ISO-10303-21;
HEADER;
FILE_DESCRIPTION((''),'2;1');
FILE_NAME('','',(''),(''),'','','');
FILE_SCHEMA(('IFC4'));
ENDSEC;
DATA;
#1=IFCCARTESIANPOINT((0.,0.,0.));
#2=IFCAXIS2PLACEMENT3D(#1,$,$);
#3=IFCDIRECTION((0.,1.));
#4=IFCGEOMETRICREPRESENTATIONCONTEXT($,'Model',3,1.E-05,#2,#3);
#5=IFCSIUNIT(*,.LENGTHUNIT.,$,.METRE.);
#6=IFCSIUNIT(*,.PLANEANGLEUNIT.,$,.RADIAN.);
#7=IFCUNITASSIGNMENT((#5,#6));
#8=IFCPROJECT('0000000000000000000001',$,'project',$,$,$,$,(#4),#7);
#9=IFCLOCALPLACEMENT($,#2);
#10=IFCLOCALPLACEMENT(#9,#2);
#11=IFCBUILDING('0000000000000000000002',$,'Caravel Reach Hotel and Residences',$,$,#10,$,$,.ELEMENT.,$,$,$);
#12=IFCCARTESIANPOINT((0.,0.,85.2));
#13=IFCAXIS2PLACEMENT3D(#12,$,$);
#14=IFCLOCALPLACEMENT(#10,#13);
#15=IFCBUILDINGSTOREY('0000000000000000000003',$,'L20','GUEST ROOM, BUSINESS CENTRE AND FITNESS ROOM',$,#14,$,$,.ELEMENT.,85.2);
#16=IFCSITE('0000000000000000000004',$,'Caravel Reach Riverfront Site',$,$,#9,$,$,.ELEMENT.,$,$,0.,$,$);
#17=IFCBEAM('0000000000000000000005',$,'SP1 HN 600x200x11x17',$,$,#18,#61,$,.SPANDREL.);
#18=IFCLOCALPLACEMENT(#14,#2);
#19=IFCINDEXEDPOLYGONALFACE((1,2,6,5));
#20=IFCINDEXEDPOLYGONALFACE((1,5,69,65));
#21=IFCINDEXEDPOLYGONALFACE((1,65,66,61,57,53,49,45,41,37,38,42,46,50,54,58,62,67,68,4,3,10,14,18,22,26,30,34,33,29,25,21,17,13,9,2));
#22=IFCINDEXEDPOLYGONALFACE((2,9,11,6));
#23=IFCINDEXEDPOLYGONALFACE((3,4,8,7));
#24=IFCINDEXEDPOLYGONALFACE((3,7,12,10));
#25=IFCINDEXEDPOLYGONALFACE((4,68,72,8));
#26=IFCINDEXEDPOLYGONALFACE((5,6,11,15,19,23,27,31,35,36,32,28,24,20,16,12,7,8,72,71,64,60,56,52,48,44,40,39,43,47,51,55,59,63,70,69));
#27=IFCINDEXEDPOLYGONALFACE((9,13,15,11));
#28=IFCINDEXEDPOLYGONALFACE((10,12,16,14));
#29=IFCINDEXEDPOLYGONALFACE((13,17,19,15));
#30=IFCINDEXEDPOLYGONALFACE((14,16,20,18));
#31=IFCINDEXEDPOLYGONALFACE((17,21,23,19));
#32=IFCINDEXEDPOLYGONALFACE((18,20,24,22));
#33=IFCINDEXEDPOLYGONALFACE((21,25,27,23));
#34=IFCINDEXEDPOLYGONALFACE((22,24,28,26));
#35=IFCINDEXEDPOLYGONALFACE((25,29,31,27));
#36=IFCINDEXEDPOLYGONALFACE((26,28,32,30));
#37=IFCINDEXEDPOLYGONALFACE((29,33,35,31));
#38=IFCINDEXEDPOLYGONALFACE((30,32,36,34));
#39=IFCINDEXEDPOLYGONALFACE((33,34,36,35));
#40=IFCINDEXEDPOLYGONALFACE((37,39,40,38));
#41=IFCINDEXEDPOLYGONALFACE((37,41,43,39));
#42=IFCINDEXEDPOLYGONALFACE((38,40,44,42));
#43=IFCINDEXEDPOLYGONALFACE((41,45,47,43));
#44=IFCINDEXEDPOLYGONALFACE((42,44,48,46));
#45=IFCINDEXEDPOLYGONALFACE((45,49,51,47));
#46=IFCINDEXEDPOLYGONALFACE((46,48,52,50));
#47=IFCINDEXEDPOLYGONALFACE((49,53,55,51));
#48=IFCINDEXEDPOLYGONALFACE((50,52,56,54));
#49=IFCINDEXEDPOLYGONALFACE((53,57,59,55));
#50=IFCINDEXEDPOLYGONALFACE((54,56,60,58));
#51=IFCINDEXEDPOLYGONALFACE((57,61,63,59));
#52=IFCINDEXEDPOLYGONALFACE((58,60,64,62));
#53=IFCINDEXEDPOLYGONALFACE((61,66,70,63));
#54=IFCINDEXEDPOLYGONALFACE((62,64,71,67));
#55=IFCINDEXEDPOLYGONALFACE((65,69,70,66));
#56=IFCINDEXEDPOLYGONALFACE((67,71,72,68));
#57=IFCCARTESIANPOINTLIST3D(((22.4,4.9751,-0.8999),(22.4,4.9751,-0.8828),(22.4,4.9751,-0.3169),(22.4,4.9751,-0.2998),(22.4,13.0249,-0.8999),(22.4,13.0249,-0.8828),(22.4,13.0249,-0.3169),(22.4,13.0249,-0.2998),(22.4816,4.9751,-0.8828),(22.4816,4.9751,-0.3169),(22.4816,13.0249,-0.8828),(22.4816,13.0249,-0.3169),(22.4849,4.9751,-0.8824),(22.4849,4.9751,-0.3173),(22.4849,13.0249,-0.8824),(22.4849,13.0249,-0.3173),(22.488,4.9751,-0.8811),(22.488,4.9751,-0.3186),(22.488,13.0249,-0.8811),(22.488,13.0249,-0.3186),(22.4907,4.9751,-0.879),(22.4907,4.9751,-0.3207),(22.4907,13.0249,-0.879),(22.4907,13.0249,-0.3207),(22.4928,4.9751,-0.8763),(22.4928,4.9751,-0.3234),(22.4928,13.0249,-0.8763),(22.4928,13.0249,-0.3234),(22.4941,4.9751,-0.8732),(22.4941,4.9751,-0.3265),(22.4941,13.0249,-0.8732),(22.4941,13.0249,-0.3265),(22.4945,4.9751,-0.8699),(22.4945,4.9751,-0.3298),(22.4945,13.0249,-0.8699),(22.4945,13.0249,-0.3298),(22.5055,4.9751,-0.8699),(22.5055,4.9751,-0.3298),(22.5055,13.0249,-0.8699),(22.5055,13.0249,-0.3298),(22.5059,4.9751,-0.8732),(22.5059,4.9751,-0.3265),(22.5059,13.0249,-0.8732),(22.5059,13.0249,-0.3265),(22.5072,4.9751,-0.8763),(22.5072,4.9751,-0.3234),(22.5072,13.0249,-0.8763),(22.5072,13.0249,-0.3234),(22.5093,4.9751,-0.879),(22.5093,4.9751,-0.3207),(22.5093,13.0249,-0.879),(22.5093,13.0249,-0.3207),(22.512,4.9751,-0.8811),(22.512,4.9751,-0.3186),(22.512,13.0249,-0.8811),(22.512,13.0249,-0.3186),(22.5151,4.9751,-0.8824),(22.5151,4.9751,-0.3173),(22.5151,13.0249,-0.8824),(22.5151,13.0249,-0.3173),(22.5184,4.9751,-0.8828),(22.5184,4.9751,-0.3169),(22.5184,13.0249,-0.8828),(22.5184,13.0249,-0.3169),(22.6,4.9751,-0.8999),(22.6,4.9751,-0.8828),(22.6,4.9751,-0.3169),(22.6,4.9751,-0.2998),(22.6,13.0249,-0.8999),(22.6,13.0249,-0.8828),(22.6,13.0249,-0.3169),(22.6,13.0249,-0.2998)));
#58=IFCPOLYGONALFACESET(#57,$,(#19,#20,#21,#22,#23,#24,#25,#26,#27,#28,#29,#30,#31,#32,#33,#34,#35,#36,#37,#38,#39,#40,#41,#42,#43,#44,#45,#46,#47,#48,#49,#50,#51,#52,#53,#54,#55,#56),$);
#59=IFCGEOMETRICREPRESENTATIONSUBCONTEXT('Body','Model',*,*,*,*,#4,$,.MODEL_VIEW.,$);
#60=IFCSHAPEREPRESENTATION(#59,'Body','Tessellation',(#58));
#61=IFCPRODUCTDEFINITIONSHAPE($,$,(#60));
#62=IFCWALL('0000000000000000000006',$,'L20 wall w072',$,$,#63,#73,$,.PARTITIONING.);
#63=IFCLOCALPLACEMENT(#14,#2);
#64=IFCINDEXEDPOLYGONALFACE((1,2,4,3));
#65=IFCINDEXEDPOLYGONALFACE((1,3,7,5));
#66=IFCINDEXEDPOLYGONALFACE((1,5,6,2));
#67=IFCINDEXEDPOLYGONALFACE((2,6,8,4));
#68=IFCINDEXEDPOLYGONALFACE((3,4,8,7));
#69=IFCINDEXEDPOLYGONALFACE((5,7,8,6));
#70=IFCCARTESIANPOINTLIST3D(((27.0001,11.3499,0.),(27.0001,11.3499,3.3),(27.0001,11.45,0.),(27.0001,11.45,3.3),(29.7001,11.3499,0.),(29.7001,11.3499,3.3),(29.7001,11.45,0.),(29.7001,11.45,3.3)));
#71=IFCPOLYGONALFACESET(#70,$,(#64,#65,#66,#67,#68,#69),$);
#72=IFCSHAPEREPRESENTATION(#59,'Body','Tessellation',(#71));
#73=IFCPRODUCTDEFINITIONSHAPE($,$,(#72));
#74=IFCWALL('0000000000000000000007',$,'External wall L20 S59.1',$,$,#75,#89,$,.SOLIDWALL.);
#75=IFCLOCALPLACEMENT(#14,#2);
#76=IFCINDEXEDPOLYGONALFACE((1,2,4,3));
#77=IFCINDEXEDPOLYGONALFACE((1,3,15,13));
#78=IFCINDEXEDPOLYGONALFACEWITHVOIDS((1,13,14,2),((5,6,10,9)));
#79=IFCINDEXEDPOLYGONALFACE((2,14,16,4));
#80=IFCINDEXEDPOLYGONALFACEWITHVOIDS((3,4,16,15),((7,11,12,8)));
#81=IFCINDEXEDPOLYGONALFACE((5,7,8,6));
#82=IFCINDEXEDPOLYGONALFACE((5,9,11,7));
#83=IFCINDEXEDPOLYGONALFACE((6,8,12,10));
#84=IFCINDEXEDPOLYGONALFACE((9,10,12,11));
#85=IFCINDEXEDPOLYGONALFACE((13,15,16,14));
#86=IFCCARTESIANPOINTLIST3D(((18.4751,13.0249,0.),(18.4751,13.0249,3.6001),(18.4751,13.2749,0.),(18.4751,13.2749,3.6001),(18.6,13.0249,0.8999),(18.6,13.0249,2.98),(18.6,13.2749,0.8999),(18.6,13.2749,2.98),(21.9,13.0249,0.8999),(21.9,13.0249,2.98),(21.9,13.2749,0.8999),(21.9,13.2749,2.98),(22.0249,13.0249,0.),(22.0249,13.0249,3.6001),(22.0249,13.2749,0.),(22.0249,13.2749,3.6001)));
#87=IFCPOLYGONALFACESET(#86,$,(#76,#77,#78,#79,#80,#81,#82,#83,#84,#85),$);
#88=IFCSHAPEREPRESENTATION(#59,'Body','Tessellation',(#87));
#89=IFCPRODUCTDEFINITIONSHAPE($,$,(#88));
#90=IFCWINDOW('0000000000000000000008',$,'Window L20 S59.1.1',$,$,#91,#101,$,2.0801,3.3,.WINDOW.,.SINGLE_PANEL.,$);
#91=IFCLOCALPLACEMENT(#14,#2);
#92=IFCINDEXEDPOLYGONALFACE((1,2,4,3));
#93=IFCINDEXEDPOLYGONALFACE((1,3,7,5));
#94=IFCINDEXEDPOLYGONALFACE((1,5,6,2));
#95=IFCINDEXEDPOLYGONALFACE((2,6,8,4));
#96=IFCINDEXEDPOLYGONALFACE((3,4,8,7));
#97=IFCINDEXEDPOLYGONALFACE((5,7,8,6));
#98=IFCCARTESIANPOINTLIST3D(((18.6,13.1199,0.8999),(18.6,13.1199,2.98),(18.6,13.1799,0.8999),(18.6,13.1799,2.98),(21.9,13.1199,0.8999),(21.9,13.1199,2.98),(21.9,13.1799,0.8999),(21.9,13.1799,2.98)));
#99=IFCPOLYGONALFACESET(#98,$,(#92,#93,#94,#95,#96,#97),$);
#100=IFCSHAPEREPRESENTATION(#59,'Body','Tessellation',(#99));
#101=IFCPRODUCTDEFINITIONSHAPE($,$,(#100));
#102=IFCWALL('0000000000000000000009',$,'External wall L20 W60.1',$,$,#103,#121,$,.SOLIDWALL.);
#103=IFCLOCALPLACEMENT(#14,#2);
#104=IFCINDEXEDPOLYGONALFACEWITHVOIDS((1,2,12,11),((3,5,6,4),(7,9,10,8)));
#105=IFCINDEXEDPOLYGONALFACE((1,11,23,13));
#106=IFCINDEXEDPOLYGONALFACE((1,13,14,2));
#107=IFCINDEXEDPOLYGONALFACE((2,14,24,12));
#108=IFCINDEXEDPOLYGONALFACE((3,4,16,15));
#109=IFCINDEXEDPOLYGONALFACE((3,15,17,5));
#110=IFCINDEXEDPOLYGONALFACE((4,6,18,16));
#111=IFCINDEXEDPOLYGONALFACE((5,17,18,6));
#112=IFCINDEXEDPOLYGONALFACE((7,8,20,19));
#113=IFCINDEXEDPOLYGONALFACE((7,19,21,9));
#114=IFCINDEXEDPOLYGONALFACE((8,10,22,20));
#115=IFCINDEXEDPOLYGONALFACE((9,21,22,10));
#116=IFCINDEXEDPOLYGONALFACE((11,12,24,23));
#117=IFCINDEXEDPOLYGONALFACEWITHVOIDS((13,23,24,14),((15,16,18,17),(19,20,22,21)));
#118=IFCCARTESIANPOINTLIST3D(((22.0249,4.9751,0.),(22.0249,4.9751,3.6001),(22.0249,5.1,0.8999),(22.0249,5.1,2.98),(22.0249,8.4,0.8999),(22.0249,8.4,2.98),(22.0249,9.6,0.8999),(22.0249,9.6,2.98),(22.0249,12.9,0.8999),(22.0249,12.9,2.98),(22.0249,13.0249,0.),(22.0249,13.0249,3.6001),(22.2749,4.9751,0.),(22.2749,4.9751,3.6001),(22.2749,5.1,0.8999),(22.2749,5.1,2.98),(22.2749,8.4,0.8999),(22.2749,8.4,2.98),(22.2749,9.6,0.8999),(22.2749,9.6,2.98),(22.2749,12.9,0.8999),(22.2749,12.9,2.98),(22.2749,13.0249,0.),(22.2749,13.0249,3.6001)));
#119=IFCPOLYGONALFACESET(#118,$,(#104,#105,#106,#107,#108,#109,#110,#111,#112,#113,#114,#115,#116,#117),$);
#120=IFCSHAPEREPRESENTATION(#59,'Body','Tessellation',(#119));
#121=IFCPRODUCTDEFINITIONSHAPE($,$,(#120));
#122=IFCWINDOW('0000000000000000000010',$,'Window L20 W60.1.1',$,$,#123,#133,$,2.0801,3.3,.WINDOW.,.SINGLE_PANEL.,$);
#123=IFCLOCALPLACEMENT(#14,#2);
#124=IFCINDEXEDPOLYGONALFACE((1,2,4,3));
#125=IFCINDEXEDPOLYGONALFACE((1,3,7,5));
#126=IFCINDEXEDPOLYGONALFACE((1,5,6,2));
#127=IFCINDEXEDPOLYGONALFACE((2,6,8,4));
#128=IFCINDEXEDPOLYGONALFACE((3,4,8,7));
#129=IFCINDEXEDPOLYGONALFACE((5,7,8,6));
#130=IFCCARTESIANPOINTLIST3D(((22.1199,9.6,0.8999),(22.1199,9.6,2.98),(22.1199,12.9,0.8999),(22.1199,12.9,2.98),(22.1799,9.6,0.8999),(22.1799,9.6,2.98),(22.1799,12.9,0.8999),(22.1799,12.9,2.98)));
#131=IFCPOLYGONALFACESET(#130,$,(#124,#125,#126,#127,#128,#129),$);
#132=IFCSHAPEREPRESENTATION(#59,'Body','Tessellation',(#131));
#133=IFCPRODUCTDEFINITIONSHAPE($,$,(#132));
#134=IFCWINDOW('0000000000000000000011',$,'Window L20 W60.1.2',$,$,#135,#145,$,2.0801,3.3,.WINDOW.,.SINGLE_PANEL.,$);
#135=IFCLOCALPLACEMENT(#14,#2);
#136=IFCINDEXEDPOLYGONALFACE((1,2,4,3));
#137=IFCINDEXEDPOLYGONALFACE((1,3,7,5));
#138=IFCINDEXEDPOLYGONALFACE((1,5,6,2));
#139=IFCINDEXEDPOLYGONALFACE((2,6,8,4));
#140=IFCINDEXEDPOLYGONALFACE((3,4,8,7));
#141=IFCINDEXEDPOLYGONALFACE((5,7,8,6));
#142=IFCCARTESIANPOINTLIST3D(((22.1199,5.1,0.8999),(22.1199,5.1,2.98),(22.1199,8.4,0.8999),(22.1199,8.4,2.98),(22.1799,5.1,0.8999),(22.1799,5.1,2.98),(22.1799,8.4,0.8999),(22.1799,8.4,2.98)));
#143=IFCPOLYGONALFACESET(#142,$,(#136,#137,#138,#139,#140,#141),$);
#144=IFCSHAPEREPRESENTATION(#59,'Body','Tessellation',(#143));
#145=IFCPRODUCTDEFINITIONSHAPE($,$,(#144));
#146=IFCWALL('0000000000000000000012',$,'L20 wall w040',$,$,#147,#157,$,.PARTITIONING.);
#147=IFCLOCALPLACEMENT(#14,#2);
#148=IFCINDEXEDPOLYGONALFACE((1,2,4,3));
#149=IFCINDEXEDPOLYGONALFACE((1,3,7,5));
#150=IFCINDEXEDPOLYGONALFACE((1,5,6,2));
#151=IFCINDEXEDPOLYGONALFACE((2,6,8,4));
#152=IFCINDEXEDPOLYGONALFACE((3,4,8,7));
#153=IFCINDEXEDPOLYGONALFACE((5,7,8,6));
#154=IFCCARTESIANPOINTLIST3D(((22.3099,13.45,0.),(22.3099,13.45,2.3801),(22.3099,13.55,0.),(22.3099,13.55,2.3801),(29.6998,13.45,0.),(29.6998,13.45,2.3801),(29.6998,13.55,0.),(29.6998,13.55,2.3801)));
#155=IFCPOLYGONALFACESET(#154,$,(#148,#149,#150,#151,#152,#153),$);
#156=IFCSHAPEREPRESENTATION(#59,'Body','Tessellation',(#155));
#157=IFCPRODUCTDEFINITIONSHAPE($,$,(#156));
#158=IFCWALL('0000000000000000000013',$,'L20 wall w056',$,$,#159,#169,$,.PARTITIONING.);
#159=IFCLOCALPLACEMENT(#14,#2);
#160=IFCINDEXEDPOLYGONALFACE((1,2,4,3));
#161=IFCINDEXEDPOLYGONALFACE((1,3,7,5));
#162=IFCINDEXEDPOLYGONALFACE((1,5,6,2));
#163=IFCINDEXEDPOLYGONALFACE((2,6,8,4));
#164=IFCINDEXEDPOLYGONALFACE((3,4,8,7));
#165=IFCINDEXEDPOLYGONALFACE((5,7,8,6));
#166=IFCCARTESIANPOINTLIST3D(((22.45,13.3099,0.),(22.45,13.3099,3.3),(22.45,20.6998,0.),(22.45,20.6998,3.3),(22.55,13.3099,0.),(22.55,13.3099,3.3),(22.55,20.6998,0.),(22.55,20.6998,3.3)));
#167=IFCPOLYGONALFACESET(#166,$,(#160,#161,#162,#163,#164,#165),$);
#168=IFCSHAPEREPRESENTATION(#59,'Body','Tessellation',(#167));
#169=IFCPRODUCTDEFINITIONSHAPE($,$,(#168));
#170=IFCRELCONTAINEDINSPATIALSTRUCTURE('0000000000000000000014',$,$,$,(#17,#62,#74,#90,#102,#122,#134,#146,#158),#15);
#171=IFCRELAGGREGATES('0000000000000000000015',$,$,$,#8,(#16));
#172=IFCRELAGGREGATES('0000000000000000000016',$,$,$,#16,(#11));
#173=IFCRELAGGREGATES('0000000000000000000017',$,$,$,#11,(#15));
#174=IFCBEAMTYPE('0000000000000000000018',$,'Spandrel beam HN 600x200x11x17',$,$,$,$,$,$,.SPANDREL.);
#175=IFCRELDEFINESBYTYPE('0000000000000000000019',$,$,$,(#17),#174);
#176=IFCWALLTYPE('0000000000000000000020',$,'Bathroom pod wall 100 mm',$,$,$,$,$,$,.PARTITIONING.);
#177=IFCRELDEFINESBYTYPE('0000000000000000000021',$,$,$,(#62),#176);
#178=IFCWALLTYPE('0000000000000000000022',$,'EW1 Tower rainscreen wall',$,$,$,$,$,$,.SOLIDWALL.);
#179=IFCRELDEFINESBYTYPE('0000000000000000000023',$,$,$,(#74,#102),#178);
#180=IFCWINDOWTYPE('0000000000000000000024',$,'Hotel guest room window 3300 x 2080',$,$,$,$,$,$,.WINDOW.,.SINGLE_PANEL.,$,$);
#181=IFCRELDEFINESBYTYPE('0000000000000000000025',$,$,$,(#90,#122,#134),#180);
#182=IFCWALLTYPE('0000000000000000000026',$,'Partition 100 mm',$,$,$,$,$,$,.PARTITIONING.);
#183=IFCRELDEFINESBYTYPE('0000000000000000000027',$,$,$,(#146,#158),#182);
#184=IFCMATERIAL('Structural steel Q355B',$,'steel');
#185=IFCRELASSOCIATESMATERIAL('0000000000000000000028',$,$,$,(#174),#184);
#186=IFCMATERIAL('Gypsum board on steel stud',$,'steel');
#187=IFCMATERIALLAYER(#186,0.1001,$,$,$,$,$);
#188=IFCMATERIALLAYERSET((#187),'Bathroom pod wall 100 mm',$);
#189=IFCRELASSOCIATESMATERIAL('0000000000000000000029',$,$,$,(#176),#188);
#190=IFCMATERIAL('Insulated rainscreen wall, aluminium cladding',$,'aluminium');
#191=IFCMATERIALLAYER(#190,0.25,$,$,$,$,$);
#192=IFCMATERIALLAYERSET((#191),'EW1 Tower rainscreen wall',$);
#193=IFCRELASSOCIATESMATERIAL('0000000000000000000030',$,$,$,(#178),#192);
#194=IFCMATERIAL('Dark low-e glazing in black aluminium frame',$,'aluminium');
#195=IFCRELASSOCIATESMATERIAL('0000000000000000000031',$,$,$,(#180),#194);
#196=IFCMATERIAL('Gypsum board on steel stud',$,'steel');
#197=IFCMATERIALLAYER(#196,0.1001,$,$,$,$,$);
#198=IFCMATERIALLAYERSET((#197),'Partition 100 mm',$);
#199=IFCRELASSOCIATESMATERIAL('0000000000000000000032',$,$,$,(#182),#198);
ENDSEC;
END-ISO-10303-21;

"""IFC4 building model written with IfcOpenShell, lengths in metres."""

from ifc_helpers import new_model, si_unit, direction, frame, frame_2d, origin, origin_2d, place, context, subcontext, project, spatial, rectangle, i_section, extrude, material, layer, layer_set, material_profile, profile_set, type_object, element, fill, save


model = new_model("IFC4")

# Units and contexts
model_context = context("Model", 3, precision=1e-05, world=origin(), true_north=direction((0.0, 1.0)))
body_context = subcontext(model_context, "Body", "Model", "MODEL_VIEW")
ifc_project = project(units=[si_unit("LENGTHUNIT", "METRE"), si_unit("PLANEANGLEUNIT", "RADIAN")], contexts=[model_context])

# Site, building, storey
site_placement = place(None, origin())
site = spatial("IfcSite", under=ifc_project, at=site_placement, Name="Caravel Reach Riverfront Site", CompositionType="ELEMENT", RefElevation=0.0)
building_placement = place(site_placement, origin())
building = spatial("IfcBuilding", under=site, at=building_placement, Name="Caravel Reach Hotel and Residences", CompositionType="ELEMENT")
storey_placement = place(building_placement, frame((0.0, 0.0, 85.2)))
storey = spatial("IfcBuildingStorey", under=building, at=storey_placement, Name="L20", Description="GUEST ROOM, BUSINESS CENTRE AND FITNESS ROOM", CompositionType="ELEMENT", Elevation=85.2)

# Beam
ifc_material_1 = material(Name="Structural steel Q355B", Category="steel")
ifc_material_profile_1 = material_profile(ifc_material_1, i_section(OverallWidth=0.2, OverallDepth=0.6001, WebThickness=0.011, FlangeThickness=0.0171, FilletRadius=0.0129, at=origin_2d()), Name="HN 600x200x11x17")
ifc_profile_set_1 = profile_set([ifc_material_profile_1], Name="Structural steel Q355B")
beam_type_1 = type_object("IfcBeamType", Name="Spandrel beam HN 600x200x11x17", PredefinedType="SPANDREL", material=ifc_profile_set_1)
beam_1_placement = place(storey_placement, frame((22.5, 13.0249, -0.5999), z_axis=(0.0, -1.0, 0.0), x_axis=(1.0, 0.0, 0.0)))
element("IfcBeam", 1, at=beam_1_placement, inside=storey, type_object=beam_type_1, Name="SP1 HN 600x200x11x17", PredefinedType="SPANDREL", context=body_context, shape_type="SweptSolid", body=[
    extrude(i_section(OverallWidth=0.2, OverallDepth=0.6001, WebThickness=0.011, FlangeThickness=0.0171, FilletRadius=0.0129, at=origin_2d()), origin(), (0.0, 0.0, 1.0), 8.0498),
])

# Wall
ifc_material_2 = material(Name="Gypsum board on steel stud", Category="steel")
ifc_layer_1 = layer(ifc_material_2, 0.1001)
ifc_layer_set_1 = layer_set([ifc_layer_1], Name="Bathroom pod wall 100 mm")
wall_type_1 = type_object("IfcWallType", Name="Bathroom pod wall 100 mm", PredefinedType="PARTITIONING", material=ifc_layer_set_1)
wall_1_placement = place(storey_placement, frame((27.0, 11.3999, 0.0), z_axis=(0.0, 0.0, 1.0), x_axis=(1.0, 0.0, 0.0)))
element("IfcWall", 2, at=wall_1_placement, inside=storey, type_object=wall_type_1, Name="L20 wall w072", PredefinedType="PARTITIONING", context=body_context, shape_type="SweptSolid", body=[
    extrude(rectangle(XDim=2.7, YDim=0.1001, at=frame_2d((1.3501, 0.0))), origin(), (0.0, 0.0, 1.0), 3.3),
])

# Wall, opening, window
ifc_material_3 = material(Name="Insulated rainscreen wall, aluminium cladding", Category="aluminium")
ifc_layer_2 = layer(ifc_material_3, 0.25)
ifc_layer_set_2 = layer_set([ifc_layer_2], Name="EW1 Tower rainscreen wall")
wall_type_2 = type_object("IfcWallType", Name="EW1 Tower rainscreen wall", PredefinedType="SOLIDWALL", material=ifc_layer_set_2)
wall_2_placement = place(storey_placement, frame((18.4751, 13.1499, 0.0), z_axis=(0.0, 0.0, 1.0), x_axis=(1.0, 0.0, 0.0)))
wall_2 = element("IfcWall", 3, at=wall_2_placement, inside=storey, type_object=wall_type_2, Name="External wall L20 S59.1", PredefinedType="SOLIDWALL", context=body_context, shape_type="SweptSolid", body=[
    extrude(rectangle(XDim=3.5498, YDim=0.25, at=frame_2d((1.7749, 0.0))), origin(), (0.0, 0.0, 1.0), 3.6001),
])
opening_1_placement = place(wall_2_placement, frame((0.125, 0.0, 0.8999)))
opening_1 = element("IfcOpeningElement", 4, at=opening_1_placement, cuts=wall_2, PredefinedType="OPENING", context=body_context, shape_type="SweptSolid", body=[
    extrude(rectangle(XDim=3.3, YDim=2.0801, at=frame_2d((1.6499, 1.04))), frame((0.0, 0.135, 0.0), z_axis=(0.0, -1.0, 0.0), x_axis=(1.0, 0.0, 0.0)), (0.0, 0.0, 1.0), 0.27),
])
ifc_material_4 = material(Name="Dark low-e glazing in black aluminium frame", Category="aluminium")
window_type = type_object("IfcWindowType", Name="Hotel guest room window 3300 x 2080", PartitioningType="SINGLE_PANEL", PredefinedType="WINDOW", material=ifc_material_4)
window_1_placement = place(opening_1_placement, origin())
window_1 = element("IfcWindow", 5, at=window_1_placement, inside=storey, type_object=window_type, Name="Window L20 S59.1.1", OverallHeight=2.0801, OverallWidth=3.3, PartitioningType="SINGLE_PANEL", PredefinedType="WINDOW", context=body_context, shape_type="SweptSolid", body=[
    extrude(rectangle(XDim=3.3, YDim=2.0801, at=frame_2d((1.6499, 1.04))), frame((0.0, 0.03, 0.0), z_axis=(0.0, -1.0, 0.0), x_axis=(1.0, 0.0, 0.0)), (0.0, 0.0, 1.0), 0.0601),
])
fill(opening_1, window_1)

# Wall, openings, windows
wall_3_placement = place(storey_placement, frame((22.1499, 13.0249, 0.0), z_axis=(0.0, 0.0, 1.0), x_axis=(0.0, -1.0, 0.0)))
wall_3 = element("IfcWall", 6, at=wall_3_placement, inside=storey, type_object=wall_type_2, Name="External wall L20 W60.1", PredefinedType="SOLIDWALL", context=body_context, shape_type="SweptSolid", body=[
    extrude(rectangle(XDim=8.0498, YDim=0.25, at=frame_2d((4.0249, 0.0))), origin(), (0.0, 0.0, 1.0), 3.6001),
])
opening_2_placement = place(wall_3_placement, frame((0.125, 0.0, 0.8999)))
opening_2 = element("IfcOpeningElement", 7, at=opening_2_placement, cuts=wall_3, PredefinedType="OPENING", context=body_context, shape_type="SweptSolid", body=[
    extrude(rectangle(XDim=3.3, YDim=2.0801, at=frame_2d((1.6499, 1.04))), frame((0.0, 0.135, 0.0), z_axis=(0.0, -1.0, 0.0), x_axis=(1.0, 0.0, 0.0)), (0.0, 0.0, 1.0), 0.27),
])
opening_3_placement = place(wall_3_placement, frame((4.625, 0.0, 0.8999)))
opening_3 = element("IfcOpeningElement", 8, at=opening_3_placement, cuts=wall_3, PredefinedType="OPENING", context=body_context, shape_type="SweptSolid", body=[
    extrude(rectangle(XDim=3.3, YDim=2.0801, at=frame_2d((1.6499, 1.04))), frame((0.0, 0.135, 0.0), z_axis=(0.0, -1.0, 0.0), x_axis=(1.0, 0.0, 0.0)), (0.0, 0.0, 1.0), 0.27),
])
window_2_placement = place(opening_2_placement, origin())
window_2 = element("IfcWindow", 9, at=window_2_placement, inside=storey, type_object=window_type, Name="Window L20 W60.1.1", OverallHeight=2.0801, OverallWidth=3.3, PartitioningType="SINGLE_PANEL", PredefinedType="WINDOW", context=body_context, shape_type="SweptSolid", body=[
    extrude(rectangle(XDim=3.3, YDim=2.0801, at=frame_2d((1.6499, 1.04))), frame((0.0, 0.03, 0.0), z_axis=(0.0, -1.0, 0.0), x_axis=(1.0, 0.0, 0.0)), (0.0, 0.0, 1.0), 0.0601),
])
fill(opening_2, window_2)
window_3_placement = place(opening_3_placement, origin())
window_3 = element("IfcWindow", 10, at=window_3_placement, inside=storey, type_object=window_type, Name="Window L20 W60.1.2", OverallHeight=2.0801, OverallWidth=3.3, PartitioningType="SINGLE_PANEL", PredefinedType="WINDOW", context=body_context, shape_type="SweptSolid", body=[
    extrude(rectangle(XDim=3.3, YDim=2.0801, at=frame_2d((1.6499, 1.04))), frame((0.0, 0.03, 0.0), z_axis=(0.0, -1.0, 0.0), x_axis=(1.0, 0.0, 0.0)), (0.0, 0.0, 1.0), 0.0601),
])
fill(opening_3, window_3)

# Walls
ifc_material_5 = material(Name="Gypsum board on steel stud", Category="steel")
ifc_layer_3 = layer(ifc_material_5, 0.1001)
ifc_layer_set_3 = layer_set([ifc_layer_3], Name="Partition 100 mm")
wall_type_3 = type_object("IfcWallType", Name="Partition 100 mm", PredefinedType="PARTITIONING", material=ifc_layer_set_3)
wall_4_placement = place(storey_placement, frame((22.3101, 13.5, 0.0), z_axis=(0.0, 0.0, 1.0), x_axis=(1.0, 0.0, 0.0)))
element("IfcWall", 11, at=wall_4_placement, inside=storey, type_object=wall_type_3, Name="L20 wall w040", PredefinedType="PARTITIONING", context=body_context, shape_type="SweptSolid", body=[
    extrude(rectangle(XDim=7.3899, YDim=0.1001, at=frame_2d((3.6948, 0.0))), origin(), (0.0, 0.0, 1.0), 2.3801),
])
wall_5_placement = place(storey_placement, frame((22.5, 13.3101, 0.0), z_axis=(0.0, 0.0, 1.0), x_axis=(0.0, 1.0, 0.0)))
element("IfcWall", 12, at=wall_5_placement, inside=storey, type_object=wall_type_3, Name="L20 wall w056", PredefinedType="PARTITIONING", context=body_context, shape_type="SweptSolid", body=[
    extrude(rectangle(XDim=7.3899, YDim=0.1001, at=frame_2d((3.6948, 0.0))), origin(), (0.0, 0.0, 1.0), 3.3),
])

save(model, "model.ifc")
